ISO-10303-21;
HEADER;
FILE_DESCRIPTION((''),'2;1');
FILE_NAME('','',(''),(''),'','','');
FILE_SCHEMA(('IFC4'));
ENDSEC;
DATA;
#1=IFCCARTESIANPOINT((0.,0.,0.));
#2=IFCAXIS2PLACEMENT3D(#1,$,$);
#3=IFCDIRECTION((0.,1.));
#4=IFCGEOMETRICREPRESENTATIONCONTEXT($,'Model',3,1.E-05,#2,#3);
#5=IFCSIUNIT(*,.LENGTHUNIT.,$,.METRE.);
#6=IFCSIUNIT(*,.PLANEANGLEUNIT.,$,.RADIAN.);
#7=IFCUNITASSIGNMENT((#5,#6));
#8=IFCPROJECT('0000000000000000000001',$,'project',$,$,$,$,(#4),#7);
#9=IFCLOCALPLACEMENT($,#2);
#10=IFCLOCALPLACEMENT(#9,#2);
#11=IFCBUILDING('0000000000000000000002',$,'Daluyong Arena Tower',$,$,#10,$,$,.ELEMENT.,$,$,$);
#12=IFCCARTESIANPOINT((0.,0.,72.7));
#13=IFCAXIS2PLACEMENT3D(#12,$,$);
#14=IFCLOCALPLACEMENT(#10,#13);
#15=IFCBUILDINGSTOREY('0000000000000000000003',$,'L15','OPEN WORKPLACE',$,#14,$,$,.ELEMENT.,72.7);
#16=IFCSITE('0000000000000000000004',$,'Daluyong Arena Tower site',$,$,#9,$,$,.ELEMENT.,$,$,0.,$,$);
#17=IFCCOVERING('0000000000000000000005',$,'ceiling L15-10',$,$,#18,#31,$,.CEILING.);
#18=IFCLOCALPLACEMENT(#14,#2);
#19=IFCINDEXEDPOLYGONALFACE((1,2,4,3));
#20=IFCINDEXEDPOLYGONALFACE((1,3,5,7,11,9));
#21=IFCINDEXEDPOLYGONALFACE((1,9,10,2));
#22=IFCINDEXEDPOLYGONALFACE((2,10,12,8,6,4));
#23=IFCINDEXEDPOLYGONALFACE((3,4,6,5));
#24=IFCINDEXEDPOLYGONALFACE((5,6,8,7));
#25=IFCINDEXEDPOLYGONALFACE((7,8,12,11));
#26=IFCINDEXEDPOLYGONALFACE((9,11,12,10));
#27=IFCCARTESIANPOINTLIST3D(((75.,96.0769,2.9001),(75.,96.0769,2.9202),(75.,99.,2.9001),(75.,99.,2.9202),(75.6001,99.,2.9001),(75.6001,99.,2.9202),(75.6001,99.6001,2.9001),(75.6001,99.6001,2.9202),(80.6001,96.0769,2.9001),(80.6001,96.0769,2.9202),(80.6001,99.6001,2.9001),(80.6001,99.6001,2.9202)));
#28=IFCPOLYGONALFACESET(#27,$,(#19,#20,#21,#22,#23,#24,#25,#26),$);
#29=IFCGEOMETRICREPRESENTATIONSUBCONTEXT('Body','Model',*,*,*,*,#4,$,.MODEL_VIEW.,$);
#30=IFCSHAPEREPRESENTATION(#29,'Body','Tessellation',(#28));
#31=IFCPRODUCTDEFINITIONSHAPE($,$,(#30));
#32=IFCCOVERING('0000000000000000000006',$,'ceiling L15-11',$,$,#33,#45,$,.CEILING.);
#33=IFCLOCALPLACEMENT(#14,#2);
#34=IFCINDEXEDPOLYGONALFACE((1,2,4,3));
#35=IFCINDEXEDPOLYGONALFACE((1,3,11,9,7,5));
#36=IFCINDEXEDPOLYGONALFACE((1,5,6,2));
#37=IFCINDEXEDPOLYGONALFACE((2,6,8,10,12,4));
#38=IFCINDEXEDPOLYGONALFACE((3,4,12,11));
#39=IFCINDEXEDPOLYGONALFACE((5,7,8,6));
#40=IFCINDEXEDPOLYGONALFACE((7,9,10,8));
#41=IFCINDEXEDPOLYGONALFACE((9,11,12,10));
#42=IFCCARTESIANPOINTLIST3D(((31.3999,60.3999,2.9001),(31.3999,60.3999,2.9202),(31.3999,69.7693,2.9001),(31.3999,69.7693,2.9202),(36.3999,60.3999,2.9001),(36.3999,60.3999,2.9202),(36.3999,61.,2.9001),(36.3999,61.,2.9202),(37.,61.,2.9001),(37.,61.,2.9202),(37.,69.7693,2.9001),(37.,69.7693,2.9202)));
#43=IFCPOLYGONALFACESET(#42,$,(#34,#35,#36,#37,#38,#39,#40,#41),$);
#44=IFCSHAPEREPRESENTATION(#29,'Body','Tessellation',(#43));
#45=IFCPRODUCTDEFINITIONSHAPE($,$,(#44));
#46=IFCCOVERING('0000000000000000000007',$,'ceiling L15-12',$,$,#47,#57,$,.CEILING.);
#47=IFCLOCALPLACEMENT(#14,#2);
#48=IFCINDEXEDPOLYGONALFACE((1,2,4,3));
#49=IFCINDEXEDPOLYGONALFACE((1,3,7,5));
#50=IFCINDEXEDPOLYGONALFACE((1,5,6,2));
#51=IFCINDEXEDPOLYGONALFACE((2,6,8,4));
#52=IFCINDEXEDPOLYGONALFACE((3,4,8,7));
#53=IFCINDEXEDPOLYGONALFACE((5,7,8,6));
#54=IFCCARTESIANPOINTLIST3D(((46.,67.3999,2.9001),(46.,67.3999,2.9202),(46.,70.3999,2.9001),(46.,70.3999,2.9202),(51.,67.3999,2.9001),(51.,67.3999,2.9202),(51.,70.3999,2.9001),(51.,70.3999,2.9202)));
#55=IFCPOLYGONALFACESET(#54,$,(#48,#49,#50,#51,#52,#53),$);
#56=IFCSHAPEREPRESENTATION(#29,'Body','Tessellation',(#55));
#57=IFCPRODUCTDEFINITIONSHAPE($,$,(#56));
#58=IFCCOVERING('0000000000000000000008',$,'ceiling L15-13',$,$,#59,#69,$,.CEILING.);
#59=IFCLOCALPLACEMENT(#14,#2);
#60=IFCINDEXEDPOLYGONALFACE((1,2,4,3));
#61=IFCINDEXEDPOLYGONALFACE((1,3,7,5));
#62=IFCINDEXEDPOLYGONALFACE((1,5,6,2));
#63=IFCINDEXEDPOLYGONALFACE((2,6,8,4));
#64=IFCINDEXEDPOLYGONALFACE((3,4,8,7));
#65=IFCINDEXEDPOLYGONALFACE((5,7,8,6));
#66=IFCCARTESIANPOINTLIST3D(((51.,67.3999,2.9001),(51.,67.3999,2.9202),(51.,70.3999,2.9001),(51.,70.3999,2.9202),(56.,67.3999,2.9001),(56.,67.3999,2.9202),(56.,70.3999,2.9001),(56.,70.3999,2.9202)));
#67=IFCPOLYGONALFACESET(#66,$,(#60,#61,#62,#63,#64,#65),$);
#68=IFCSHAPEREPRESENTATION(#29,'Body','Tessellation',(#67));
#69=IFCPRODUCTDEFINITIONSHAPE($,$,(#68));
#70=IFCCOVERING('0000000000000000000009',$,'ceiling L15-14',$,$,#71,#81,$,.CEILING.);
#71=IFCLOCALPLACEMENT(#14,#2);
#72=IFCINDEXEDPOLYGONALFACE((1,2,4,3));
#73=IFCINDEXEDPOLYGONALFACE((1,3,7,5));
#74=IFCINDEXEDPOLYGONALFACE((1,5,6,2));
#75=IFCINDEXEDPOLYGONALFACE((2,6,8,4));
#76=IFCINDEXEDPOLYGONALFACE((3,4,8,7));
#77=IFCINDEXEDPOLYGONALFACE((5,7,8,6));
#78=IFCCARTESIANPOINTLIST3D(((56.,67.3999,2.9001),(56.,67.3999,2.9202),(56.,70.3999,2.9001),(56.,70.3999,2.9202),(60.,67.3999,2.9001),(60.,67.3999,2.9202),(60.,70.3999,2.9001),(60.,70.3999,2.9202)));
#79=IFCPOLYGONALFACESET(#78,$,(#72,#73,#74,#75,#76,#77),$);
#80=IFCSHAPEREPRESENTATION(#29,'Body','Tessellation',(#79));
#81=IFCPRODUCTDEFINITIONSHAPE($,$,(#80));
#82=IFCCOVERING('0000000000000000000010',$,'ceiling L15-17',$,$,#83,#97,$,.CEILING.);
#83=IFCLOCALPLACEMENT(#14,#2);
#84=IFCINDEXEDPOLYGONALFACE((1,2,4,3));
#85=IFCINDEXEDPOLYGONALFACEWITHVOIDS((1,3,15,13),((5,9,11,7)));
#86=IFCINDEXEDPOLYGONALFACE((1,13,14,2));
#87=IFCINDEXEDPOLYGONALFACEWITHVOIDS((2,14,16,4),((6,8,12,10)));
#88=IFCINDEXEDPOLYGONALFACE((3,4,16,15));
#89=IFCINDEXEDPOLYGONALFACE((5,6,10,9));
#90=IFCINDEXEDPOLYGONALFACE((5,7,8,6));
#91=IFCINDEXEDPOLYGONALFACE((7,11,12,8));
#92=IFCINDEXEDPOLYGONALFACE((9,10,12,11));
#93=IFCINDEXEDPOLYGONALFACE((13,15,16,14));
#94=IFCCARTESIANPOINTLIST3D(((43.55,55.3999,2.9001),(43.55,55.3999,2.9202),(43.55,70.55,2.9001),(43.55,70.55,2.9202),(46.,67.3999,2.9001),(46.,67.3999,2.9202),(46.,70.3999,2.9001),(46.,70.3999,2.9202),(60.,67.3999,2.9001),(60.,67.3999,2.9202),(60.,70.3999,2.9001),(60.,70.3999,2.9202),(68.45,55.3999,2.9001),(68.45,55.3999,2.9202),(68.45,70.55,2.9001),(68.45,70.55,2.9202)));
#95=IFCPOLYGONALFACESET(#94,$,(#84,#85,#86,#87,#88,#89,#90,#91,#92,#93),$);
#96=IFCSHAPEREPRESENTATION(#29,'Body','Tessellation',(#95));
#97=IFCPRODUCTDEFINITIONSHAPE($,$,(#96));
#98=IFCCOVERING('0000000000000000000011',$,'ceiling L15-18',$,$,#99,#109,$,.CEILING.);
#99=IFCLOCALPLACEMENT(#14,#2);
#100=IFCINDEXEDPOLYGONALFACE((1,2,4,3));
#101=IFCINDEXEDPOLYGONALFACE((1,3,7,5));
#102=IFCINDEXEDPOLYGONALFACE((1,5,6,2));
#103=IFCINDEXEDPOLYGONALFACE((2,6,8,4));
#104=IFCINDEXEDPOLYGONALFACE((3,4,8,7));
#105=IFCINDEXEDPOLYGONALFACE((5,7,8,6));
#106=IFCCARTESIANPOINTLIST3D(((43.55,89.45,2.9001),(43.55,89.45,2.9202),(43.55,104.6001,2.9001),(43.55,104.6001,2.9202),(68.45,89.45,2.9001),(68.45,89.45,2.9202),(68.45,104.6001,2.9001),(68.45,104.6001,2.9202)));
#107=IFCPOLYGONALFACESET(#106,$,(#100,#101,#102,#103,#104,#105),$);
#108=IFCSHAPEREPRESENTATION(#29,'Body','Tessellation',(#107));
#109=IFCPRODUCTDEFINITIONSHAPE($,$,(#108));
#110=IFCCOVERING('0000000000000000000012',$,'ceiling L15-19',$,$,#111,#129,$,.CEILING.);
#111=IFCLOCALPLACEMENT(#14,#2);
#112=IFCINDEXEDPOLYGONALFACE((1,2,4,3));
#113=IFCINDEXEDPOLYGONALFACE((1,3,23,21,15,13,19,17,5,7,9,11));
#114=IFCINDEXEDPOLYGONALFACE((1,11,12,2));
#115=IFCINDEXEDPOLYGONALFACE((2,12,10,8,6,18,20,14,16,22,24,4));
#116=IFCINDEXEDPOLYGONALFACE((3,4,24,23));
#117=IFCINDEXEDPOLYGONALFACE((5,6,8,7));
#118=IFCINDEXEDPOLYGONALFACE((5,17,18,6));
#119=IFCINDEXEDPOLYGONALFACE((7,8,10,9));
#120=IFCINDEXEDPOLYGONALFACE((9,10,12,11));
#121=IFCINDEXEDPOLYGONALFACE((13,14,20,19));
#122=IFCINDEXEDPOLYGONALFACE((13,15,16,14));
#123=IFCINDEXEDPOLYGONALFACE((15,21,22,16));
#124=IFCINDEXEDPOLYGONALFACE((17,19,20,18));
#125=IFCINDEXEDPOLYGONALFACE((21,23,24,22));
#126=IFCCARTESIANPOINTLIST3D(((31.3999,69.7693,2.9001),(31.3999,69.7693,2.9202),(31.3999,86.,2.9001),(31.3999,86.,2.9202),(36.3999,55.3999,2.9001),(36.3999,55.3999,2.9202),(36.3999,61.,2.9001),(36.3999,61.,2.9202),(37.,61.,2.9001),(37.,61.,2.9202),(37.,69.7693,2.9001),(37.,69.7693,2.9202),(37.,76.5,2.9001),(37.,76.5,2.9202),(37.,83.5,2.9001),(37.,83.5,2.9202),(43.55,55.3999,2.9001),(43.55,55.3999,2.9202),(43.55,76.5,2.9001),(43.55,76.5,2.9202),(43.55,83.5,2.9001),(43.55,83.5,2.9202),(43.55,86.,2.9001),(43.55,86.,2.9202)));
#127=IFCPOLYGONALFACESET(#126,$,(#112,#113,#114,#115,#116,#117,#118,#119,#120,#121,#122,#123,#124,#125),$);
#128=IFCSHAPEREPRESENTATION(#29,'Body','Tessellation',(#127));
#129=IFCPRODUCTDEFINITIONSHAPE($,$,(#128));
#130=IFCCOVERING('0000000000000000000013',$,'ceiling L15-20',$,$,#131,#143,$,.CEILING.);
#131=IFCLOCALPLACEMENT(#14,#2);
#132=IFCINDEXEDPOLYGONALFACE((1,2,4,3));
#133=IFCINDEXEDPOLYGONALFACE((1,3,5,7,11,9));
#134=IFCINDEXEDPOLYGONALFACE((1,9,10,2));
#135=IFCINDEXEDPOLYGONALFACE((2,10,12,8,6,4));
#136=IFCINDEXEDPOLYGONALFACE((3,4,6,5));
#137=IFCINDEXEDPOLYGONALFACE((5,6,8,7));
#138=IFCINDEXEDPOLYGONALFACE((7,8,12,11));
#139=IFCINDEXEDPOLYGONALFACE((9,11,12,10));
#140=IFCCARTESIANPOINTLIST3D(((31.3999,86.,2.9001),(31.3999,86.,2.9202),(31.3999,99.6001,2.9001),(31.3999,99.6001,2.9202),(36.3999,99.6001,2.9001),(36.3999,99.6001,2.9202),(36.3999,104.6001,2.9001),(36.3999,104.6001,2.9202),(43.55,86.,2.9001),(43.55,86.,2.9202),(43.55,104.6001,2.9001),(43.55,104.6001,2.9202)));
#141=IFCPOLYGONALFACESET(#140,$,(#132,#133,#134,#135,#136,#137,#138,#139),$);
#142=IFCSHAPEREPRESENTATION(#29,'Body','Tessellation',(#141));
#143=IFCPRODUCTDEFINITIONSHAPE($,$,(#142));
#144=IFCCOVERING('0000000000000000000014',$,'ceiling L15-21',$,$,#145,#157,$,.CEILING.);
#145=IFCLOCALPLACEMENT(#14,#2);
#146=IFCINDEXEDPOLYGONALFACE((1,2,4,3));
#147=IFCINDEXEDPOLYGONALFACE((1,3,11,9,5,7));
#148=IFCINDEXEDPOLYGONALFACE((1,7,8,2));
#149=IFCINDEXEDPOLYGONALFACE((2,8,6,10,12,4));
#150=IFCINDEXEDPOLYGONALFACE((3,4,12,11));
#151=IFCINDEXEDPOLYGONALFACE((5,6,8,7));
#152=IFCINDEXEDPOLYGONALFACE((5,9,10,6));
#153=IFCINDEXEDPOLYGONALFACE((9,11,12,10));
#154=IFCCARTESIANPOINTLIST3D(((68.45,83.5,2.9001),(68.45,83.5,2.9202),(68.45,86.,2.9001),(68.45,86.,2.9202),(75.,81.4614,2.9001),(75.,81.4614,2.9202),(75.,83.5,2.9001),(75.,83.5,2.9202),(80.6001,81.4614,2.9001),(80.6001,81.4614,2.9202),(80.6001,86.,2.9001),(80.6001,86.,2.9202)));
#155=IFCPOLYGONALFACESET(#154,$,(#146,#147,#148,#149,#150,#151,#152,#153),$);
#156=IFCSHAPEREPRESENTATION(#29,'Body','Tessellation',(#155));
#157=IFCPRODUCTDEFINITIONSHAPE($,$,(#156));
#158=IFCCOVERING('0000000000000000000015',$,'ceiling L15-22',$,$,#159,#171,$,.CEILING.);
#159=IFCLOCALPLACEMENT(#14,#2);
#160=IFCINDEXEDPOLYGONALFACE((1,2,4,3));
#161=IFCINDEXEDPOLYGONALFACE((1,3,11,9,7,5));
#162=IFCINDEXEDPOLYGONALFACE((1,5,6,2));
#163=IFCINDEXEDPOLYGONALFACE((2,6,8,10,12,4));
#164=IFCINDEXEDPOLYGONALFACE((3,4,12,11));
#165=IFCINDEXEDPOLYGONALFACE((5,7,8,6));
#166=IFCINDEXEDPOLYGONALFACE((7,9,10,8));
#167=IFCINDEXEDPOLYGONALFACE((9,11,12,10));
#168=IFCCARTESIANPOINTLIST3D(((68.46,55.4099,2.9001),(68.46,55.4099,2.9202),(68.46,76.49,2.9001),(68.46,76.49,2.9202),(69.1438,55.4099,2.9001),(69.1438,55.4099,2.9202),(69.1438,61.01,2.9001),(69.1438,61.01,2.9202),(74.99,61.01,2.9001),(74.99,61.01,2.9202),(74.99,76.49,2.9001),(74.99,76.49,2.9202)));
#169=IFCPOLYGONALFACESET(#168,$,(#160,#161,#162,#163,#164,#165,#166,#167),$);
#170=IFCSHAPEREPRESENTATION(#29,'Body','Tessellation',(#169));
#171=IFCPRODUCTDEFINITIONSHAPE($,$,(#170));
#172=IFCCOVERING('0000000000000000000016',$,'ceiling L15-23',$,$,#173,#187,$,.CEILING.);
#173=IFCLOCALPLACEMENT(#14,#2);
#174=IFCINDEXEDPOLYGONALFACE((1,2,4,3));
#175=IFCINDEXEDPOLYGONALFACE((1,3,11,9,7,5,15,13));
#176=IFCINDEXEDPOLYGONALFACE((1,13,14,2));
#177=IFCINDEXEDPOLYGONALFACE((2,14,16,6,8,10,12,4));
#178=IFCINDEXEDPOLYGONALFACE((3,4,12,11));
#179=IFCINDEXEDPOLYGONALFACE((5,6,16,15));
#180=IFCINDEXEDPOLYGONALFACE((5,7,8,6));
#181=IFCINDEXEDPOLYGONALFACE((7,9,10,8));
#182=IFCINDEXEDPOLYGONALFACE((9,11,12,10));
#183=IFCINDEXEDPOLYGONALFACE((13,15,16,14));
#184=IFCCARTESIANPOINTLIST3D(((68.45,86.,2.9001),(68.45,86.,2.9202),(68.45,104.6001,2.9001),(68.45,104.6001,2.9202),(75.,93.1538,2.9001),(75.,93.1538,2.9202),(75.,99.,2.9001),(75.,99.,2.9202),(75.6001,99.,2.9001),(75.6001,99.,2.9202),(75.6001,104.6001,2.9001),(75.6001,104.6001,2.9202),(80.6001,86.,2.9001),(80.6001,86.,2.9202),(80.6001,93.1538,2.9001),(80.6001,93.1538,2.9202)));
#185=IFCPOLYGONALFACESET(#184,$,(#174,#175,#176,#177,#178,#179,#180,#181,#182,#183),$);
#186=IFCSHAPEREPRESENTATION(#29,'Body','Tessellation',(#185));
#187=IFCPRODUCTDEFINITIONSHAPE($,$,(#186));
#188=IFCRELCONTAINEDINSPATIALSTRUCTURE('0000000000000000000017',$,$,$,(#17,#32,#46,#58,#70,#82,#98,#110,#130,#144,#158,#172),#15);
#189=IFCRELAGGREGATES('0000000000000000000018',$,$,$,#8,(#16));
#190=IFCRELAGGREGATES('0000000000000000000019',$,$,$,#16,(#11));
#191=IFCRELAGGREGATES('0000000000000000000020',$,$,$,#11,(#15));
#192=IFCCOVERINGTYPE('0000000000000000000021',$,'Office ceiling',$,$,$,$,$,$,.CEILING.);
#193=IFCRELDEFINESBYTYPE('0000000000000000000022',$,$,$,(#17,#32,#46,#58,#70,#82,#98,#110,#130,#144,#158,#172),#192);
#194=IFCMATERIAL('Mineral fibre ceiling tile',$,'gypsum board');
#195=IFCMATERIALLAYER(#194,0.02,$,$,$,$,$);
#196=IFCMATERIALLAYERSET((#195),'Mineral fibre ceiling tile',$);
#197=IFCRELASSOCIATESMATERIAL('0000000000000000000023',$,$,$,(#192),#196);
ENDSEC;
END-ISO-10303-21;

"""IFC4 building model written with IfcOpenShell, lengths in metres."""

from ifc_helpers import new_model, si_unit, direction, frame, origin, place, context, subcontext, project, spatial, polyline, outline, extrude, material, layer, layer_set, type_object, element, save


model = new_model("IFC4")

# Units and contexts
model_context = context("Model", 3, precision=1e-05, world=origin(), true_north=direction((0.0, 1.0)))
body_context = subcontext(model_context, "Body", "Model", "MODEL_VIEW")
ifc_project = project(units=[si_unit("LENGTHUNIT", "METRE"), si_unit("PLANEANGLEUNIT", "RADIAN")], contexts=[model_context])

# Site, building, storey
site_placement = place(None, origin())
site = spatial("IfcSite", under=ifc_project, at=site_placement, Name="Daluyong Arena Tower site", CompositionType="ELEMENT", RefElevation=0.0)
building_placement = place(site_placement, origin())
building = spatial("IfcBuilding", under=site, at=building_placement, Name="Daluyong Arena Tower", CompositionType="ELEMENT")
storey_placement = place(building_placement, frame((0.0, 0.0, 72.7)))
storey = spatial("IfcBuildingStorey", under=building, at=storey_placement, Name="L15", Description="OPEN WORKPLACE", CompositionType="ELEMENT", Elevation=72.7)

# Coverings
ifc_material_1 = material(Name="Mineral fibre ceiling tile", Category="gypsum board")
ifc_layer_1 = layer(ifc_material_1, 0.02)
ifc_layer_set_1 = layer_set([ifc_layer_1], Name="Mineral fibre ceiling tile")
covering_type = type_object("IfcCoveringType", Name="Office ceiling", PredefinedType="CEILING", material=ifc_layer_set_1)
covering_1_placement = place(storey_placement, frame((0.0, 0.0, 2.9001)))
element("IfcCovering", 1, at=covering_1_placement, inside=storey, type_object=covering_type, Name="ceiling L15-10", PredefinedType="CEILING", context=body_context, shape_type="SweptSolid", body=[
    extrude(outline(polyline([(75.0, 96.0769), (80.6001, 96.0769), (80.6001, 99.6001), (75.6001, 99.6001), (75.6001, 99.0), (75.0, 99.0), (75.0, 96.0769)])), origin(), (0.0, 0.0, 1.0), 0.02),
])
covering_2_placement = place(storey_placement, frame((0.0, 0.0, 2.9001)))
element("IfcCovering", 2, at=covering_2_placement, inside=storey, type_object=covering_type, Name="ceiling L15-11", PredefinedType="CEILING", context=body_context, shape_type="SweptSolid", body=[
    extrude(outline(polyline([(31.3999, 60.3999), (36.3999, 60.3999), (36.3999, 61.0), (37.0, 61.0), (37.0, 69.7693), (31.3999, 69.7693), (31.3999, 60.3999)])), origin(), (0.0, 0.0, 1.0), 0.02),
])
covering_3_placement = place(storey_placement, frame((0.0, 0.0, 2.9001)))
element("IfcCovering", 3, at=covering_3_placement, inside=storey, type_object=covering_type, Name="ceiling L15-12", PredefinedType="CEILING", context=body_context, shape_type="SweptSolid", body=[
    extrude(outline(polyline([(46.0, 67.3999), (51.0, 67.3999), (51.0, 70.3999), (46.0, 70.3999), (46.0, 67.3999)])), origin(), (0.0, 0.0, 1.0), 0.02),
])
covering_4_placement = place(storey_placement, frame((0.0, 0.0, 2.9001)))
element("IfcCovering", 4, at=covering_4_placement, inside=storey, type_object=covering_type, Name="ceiling L15-13", PredefinedType="CEILING", context=body_context, shape_type="SweptSolid", body=[
    extrude(outline(polyline([(51.0, 67.3999), (56.0, 67.3999), (56.0, 70.3999), (51.0, 70.3999), (51.0, 67.3999)])), origin(), (0.0, 0.0, 1.0), 0.02),
])
covering_5_placement = place(storey_placement, frame((0.0, 0.0, 2.9001)))
element("IfcCovering", 5, at=covering_5_placement, inside=storey, type_object=covering_type, Name="ceiling L15-14", PredefinedType="CEILING", context=body_context, shape_type="SweptSolid", body=[
    extrude(outline(polyline([(56.0, 67.3999), (60.0, 67.3999), (60.0, 70.3999), (56.0, 70.3999), (56.0, 67.3999)])), origin(), (0.0, 0.0, 1.0), 0.02),
])
covering_6_placement = place(storey_placement, frame((0.0, 0.0, 2.9001)))
element("IfcCovering", 6, at=covering_6_placement, inside=storey, type_object=covering_type, Name="ceiling L15-17", PredefinedType="CEILING", context=body_context, shape_type="SweptSolid", body=[
    extrude(outline(polyline([(68.45, 70.55), (43.55, 70.55), (43.55, 55.3999), (68.45, 55.3999), (68.45, 70.55)]), holes=[polyline([(46.0, 67.3999), (46.0, 70.3999), (60.0, 70.3999), (60.0, 67.3999), (46.0, 67.3999)])]), origin(), (0.0, 0.0, 1.0), 0.02),
])
covering_7_placement = place(storey_placement, frame((0.0, 0.0, 2.9001)))
element("IfcCovering", 7, at=covering_7_placement, inside=storey, type_object=covering_type, Name="ceiling L15-18", PredefinedType="CEILING", context=body_context, shape_type="SweptSolid", body=[
    extrude(outline(polyline([(68.45, 104.6001), (43.55, 104.6001), (43.55, 89.45), (68.45, 89.45), (68.45, 104.6001)])), origin(), (0.0, 0.0, 1.0), 0.02),
])
covering_8_placement = place(storey_placement, frame((0.0, 0.0, 2.9001)))
element("IfcCovering", 8, at=covering_8_placement, inside=storey, type_object=covering_type, Name="ceiling L15-19", PredefinedType="CEILING", context=body_context, shape_type="SweptSolid", body=[
    extrude(outline(polyline([(43.55, 83.5), (43.55, 86.0), (31.3999, 86.0), (31.3999, 69.7693), (37.0, 69.7693), (37.0, 61.0), (36.3999, 61.0), (36.3999, 55.3999), (43.55, 55.3999), (43.55, 76.5), (37.0, 76.5), (37.0, 83.5), (43.55, 83.5)])), origin(), (0.0, 0.0, 1.0), 0.02),
])
covering_9_placement = place(storey_placement, frame((0.0, 0.0, 2.9001)))
element("IfcCovering", 9, at=covering_9_placement, inside=storey, type_object=covering_type, Name="ceiling L15-20", PredefinedType="CEILING", context=body_context, shape_type="SweptSolid", body=[
    extrude(outline(polyline([(43.55, 104.6001), (36.3999, 104.6001), (36.3999, 99.6001), (31.3999, 99.6001), (31.3999, 86.0), (43.55, 86.0), (43.55, 104.6001)])), origin(), (0.0, 0.0, 1.0), 0.02),
])
covering_10_placement = place(storey_placement, frame((0.0, 0.0, 2.9001)))
element("IfcCovering", 10, at=covering_10_placement, inside=storey, type_object=covering_type, Name="ceiling L15-21", PredefinedType="CEILING", context=body_context, shape_type="SweptSolid", body=[
    extrude(outline(polyline([(80.6001, 81.4614), (80.6001, 86.0), (68.45, 86.0), (68.45, 83.5), (75.0, 83.5), (75.0, 81.4614), (80.6001, 81.4614)])), origin(), (0.0, 0.0, 1.0), 0.02),
])
covering_11_placement = place(storey_placement, frame((0.0, 0.0, 2.9001)))
element("IfcCovering", 11, at=covering_11_placement, inside=storey, type_object=covering_type, Name="ceiling L15-22", PredefinedType="CEILING", context=body_context, shape_type="SweptSolid", body=[
    extrude(outline(polyline([(74.99, 61.01), (74.99, 76.49), (68.46, 76.49), (68.46, 55.4099), (69.1438, 55.4099), (69.1438, 61.01), (74.99, 61.01)])), origin(), (0.0, 0.0, 1.0), 0.02),
])
covering_12_placement = place(storey_placement, frame((0.0, 0.0, 2.9001)))
element("IfcCovering", 12, at=covering_12_placement, inside=storey, type_object=covering_type, Name="ceiling L15-23", PredefinedType="CEILING", context=body_context, shape_type="SweptSolid", body=[
    extrude(outline(polyline([(75.6001, 104.6001), (68.45, 104.6001), (68.45, 86.0), (80.6001, 86.0), (80.6001, 93.1538), (75.0, 93.1538), (75.0, 99.0), (75.6001, 99.0), (75.6001, 104.6001)])), origin(), (0.0, 0.0, 1.0), 0.02),
])

save(model, "model.ifc")
